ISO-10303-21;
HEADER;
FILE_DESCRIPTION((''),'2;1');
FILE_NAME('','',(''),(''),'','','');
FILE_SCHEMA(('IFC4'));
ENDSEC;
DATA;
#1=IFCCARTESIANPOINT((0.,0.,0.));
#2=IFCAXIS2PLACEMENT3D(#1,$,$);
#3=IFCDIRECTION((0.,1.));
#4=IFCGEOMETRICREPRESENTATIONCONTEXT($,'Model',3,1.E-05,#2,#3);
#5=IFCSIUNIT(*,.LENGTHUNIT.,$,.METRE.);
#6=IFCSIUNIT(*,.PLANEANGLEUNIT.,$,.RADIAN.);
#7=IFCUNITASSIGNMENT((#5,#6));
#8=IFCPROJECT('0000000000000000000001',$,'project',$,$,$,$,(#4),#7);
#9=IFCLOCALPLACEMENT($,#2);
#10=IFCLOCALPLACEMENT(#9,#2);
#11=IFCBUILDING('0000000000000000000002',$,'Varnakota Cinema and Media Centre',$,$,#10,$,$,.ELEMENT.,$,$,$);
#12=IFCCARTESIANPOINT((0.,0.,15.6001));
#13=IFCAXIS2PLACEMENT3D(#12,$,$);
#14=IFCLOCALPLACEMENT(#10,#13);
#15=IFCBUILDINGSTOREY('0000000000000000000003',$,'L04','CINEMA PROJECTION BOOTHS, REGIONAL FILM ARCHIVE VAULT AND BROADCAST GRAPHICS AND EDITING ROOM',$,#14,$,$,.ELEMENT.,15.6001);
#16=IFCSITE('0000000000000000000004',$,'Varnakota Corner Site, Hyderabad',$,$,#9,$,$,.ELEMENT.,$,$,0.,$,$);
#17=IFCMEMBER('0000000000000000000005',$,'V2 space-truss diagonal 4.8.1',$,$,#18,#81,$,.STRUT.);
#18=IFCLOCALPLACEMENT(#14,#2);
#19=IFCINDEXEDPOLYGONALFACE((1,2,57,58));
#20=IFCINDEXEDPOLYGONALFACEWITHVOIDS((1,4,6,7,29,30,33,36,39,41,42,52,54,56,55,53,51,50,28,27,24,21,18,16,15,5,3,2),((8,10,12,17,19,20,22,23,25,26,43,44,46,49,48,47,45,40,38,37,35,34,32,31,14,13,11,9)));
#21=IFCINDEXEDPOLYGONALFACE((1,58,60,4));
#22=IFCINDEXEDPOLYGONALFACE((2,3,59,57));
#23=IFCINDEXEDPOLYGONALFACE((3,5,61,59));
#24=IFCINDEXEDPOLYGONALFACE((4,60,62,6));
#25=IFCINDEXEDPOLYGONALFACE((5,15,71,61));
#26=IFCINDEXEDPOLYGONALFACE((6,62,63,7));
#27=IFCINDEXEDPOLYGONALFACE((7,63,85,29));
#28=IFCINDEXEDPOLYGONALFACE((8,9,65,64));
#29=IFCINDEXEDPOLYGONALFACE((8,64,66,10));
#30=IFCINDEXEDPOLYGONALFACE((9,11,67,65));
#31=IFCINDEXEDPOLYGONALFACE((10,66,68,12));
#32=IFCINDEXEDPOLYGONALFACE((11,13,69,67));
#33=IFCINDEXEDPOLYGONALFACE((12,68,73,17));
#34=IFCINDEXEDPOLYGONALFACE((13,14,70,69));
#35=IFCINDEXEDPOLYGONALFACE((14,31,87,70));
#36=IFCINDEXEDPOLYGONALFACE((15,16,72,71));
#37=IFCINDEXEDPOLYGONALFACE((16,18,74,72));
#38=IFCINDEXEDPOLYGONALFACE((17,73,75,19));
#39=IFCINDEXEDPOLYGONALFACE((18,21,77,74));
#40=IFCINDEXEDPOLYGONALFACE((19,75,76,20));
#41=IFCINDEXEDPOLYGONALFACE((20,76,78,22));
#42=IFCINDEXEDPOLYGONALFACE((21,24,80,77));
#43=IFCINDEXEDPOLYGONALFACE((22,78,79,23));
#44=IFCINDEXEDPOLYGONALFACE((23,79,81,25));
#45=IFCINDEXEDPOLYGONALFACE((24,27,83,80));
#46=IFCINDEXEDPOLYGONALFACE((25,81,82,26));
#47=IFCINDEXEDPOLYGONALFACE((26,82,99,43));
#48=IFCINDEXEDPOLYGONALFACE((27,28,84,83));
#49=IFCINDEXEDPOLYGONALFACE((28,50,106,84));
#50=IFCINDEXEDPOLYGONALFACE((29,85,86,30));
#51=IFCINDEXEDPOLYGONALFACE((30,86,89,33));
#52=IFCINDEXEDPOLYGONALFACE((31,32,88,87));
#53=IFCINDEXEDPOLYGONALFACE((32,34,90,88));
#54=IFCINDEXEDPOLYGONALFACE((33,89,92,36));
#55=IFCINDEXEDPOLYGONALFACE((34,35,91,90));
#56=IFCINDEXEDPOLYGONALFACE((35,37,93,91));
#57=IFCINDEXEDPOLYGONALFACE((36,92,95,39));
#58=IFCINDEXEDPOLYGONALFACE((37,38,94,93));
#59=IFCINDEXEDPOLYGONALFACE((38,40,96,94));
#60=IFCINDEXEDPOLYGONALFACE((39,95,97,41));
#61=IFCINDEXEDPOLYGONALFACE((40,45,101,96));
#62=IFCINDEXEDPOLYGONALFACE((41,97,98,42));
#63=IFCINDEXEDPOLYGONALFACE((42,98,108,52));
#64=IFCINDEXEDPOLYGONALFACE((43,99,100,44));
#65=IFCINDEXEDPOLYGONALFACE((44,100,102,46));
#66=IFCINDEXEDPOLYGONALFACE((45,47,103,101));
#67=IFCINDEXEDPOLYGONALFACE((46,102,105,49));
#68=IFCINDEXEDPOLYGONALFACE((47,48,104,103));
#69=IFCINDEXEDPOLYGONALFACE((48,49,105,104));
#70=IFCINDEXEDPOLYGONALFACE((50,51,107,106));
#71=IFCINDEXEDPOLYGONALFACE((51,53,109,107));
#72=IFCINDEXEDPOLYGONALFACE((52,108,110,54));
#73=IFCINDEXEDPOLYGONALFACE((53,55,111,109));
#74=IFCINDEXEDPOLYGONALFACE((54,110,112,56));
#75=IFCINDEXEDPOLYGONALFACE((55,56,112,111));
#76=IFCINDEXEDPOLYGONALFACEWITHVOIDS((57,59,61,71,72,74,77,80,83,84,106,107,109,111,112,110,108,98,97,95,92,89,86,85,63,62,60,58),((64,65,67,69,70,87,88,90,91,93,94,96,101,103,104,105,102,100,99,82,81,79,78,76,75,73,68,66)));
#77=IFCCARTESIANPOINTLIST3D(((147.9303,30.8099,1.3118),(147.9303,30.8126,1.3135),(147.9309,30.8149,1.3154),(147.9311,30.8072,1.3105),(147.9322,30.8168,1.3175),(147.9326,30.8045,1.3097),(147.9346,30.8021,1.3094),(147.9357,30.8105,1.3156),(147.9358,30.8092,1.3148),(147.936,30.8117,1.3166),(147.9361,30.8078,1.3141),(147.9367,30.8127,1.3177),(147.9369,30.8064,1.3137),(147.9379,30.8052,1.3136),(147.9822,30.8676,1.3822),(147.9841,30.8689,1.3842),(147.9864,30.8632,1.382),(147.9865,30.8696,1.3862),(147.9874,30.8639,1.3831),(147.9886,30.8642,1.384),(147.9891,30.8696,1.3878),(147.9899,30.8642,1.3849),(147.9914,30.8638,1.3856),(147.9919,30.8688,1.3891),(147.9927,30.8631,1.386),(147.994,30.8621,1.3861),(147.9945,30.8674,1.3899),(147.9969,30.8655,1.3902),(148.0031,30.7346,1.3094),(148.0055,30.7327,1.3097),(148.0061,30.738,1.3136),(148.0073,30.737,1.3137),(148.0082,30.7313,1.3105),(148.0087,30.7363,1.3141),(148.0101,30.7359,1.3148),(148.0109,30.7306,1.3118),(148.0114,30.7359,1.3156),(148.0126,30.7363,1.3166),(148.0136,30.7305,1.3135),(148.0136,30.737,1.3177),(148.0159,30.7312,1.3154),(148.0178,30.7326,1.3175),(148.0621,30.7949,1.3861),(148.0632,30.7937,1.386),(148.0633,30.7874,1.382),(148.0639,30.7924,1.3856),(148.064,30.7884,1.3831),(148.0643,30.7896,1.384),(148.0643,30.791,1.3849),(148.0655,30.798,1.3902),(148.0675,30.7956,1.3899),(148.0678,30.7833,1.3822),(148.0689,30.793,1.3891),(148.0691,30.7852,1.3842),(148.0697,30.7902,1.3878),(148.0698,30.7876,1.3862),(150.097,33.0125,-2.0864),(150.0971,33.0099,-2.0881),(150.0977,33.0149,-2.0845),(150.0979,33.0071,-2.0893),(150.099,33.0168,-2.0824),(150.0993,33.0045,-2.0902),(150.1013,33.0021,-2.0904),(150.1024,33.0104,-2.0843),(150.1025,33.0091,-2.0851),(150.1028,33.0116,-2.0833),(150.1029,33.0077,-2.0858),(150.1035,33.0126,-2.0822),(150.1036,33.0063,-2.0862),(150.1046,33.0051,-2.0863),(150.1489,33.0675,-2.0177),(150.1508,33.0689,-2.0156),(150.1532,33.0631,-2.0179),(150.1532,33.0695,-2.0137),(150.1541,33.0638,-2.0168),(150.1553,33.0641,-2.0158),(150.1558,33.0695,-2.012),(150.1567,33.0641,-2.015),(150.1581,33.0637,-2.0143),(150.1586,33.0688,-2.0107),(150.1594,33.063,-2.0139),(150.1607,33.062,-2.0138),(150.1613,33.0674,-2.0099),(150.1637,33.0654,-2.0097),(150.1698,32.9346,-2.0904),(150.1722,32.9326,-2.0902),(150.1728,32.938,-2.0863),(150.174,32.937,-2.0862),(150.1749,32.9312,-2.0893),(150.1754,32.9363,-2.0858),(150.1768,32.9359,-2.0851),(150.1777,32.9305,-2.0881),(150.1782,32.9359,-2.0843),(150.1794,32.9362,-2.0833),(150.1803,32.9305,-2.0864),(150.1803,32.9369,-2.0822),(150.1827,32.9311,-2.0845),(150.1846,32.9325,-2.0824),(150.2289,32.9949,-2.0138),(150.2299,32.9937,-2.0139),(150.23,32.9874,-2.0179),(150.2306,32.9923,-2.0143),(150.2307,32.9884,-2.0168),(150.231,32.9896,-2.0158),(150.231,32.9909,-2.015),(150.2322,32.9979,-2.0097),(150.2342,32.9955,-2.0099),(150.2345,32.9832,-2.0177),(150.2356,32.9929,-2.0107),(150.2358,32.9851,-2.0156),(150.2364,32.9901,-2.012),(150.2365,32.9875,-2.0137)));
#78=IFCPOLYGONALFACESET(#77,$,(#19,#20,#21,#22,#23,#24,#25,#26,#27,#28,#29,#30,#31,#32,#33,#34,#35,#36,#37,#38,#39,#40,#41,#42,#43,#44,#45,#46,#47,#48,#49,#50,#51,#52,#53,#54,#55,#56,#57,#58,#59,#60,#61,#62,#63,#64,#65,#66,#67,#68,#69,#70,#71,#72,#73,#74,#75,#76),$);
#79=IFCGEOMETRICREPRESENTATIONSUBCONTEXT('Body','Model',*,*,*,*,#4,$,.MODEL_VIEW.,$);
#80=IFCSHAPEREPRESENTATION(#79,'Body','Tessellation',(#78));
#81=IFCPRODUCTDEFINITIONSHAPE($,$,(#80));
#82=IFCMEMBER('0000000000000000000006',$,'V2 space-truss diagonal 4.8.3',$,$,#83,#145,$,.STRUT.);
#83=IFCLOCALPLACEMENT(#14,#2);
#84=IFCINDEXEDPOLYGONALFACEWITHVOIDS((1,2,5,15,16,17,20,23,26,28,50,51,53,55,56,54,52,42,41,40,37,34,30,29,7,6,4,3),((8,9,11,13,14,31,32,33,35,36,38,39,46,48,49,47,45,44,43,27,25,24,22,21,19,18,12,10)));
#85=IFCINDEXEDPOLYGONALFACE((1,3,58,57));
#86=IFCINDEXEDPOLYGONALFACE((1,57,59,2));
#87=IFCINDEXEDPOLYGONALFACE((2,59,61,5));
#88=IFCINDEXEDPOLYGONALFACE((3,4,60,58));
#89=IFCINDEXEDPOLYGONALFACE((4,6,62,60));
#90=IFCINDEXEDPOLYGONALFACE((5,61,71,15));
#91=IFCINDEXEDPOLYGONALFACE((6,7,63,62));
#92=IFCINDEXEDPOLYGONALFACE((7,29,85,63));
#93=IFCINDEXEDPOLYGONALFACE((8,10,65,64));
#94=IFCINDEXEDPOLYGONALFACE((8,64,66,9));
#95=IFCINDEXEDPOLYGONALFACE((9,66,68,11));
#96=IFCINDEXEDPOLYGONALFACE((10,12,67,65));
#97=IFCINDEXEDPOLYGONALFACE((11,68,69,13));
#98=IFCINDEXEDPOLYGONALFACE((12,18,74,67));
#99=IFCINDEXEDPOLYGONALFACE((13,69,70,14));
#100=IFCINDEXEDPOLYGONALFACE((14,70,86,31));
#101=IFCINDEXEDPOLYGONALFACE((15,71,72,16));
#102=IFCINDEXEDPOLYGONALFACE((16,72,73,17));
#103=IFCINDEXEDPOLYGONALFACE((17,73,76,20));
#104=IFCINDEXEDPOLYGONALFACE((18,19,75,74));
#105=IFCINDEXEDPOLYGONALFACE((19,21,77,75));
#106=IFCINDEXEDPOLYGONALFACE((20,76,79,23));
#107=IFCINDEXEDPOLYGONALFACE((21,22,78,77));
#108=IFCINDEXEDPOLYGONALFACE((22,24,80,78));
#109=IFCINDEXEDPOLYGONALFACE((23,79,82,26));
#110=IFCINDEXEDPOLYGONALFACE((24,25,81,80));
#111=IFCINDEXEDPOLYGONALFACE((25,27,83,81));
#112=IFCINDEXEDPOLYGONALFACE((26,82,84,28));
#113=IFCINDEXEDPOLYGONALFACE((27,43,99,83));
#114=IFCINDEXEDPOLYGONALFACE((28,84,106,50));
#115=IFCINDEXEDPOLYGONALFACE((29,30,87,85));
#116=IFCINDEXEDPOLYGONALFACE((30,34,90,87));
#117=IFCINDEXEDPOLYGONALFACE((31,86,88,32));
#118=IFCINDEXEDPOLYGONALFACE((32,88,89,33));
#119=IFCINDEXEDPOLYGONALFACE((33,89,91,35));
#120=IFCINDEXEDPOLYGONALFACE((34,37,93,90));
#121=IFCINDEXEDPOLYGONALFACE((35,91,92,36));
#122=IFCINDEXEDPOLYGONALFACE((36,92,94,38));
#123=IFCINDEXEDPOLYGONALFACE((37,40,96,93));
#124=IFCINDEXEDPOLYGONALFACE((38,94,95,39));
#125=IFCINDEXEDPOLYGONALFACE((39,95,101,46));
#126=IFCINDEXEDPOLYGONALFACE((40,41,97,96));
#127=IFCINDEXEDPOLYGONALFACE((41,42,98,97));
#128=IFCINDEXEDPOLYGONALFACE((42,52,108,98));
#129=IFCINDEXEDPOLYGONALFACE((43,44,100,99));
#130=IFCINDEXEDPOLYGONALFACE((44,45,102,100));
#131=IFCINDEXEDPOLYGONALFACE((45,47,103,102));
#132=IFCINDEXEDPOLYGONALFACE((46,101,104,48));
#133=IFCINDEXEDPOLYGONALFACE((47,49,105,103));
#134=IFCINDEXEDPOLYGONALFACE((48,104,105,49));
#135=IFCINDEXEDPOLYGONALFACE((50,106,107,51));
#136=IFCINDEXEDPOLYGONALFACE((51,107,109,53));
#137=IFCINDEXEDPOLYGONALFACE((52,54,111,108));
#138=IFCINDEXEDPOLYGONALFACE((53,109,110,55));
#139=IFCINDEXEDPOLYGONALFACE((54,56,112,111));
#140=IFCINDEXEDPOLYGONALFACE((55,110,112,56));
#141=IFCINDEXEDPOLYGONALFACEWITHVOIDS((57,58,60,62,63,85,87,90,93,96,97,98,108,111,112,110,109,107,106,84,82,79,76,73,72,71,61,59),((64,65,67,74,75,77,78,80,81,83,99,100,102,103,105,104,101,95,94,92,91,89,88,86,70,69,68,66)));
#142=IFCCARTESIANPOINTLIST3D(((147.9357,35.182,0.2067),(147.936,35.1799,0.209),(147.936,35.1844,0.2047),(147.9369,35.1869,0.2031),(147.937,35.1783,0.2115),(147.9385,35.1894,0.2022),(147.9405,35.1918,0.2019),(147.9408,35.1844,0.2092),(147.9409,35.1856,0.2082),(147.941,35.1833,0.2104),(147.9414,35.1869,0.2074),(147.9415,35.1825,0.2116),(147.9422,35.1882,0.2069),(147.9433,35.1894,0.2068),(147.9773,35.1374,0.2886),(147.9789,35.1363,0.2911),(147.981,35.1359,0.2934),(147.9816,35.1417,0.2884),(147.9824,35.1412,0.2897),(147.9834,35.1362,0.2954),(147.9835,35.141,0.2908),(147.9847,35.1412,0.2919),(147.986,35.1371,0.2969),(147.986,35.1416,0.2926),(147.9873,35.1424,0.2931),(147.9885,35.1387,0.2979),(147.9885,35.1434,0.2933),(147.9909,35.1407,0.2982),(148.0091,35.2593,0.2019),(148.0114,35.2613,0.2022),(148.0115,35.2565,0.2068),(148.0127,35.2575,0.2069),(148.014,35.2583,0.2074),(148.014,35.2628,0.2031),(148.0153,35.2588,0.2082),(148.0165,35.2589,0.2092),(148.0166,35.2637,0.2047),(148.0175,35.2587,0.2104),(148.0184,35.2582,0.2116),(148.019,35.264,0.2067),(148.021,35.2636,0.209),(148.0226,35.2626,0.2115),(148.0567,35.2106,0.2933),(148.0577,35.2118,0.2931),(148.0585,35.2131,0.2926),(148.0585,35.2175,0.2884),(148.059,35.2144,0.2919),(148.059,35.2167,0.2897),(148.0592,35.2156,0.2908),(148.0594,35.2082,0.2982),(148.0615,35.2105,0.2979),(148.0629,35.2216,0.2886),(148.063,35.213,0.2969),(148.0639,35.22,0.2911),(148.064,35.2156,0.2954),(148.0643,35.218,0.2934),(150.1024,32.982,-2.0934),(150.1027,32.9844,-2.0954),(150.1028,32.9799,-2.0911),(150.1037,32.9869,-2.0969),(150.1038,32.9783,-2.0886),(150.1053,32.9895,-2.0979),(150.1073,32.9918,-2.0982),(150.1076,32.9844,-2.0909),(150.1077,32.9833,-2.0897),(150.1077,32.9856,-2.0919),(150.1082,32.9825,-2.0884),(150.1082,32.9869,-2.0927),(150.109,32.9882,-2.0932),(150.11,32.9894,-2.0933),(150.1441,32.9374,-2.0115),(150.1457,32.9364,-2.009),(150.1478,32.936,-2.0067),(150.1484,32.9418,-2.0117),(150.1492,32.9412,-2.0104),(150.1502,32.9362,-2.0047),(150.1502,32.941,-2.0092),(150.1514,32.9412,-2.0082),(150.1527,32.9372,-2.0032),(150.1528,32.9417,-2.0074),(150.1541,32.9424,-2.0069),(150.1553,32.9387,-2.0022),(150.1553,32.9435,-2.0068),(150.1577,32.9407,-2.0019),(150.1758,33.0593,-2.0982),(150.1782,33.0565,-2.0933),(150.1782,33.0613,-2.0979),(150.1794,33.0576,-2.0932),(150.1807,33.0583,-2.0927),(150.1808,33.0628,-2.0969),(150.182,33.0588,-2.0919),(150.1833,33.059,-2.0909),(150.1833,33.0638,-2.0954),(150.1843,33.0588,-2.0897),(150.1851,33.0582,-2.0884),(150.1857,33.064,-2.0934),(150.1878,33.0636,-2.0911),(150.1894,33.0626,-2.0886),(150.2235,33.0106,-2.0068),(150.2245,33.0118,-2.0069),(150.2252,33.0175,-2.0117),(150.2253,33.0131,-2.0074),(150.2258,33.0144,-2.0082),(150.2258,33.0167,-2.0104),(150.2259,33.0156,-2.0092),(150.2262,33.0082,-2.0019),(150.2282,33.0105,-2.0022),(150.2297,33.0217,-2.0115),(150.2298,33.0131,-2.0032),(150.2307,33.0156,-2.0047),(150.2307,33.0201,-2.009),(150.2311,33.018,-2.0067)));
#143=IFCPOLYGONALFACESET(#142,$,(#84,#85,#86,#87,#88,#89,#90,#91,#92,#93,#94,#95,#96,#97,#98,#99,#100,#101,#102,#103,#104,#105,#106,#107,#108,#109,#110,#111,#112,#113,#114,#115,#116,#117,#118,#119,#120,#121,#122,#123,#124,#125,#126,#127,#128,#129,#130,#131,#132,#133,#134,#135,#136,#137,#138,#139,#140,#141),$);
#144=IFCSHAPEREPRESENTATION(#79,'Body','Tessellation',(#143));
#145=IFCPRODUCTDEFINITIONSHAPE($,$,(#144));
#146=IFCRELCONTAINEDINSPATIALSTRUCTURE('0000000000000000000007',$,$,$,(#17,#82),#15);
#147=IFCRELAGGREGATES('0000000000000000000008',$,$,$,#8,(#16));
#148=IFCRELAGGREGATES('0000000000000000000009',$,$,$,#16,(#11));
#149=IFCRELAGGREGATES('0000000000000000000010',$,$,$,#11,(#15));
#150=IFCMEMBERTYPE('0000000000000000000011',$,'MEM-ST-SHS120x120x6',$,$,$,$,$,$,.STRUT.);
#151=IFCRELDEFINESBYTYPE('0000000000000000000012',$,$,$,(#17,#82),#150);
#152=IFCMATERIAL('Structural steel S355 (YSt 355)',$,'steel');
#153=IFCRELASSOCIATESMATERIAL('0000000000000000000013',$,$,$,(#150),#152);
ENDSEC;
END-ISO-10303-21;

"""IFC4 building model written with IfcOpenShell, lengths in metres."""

from ifc_helpers import new_model, si_unit, direction, frame, origin, origin_2d, place, context, subcontext, project, spatial, hollow_rectangle, extrude, material, material_profile, profile_set, type_object, element, save


model = new_model("IFC4")

# Units and contexts
model_context = context("Model", 3, precision=1e-05, world=origin(), true_north=direction((0.0, 1.0)))
body_context = subcontext(model_context, "Body", "Model", "MODEL_VIEW")
ifc_project = project(units=[si_unit("LENGTHUNIT", "METRE"), si_unit("PLANEANGLEUNIT", "RADIAN")], contexts=[model_context])

# Site, building, storey
site_placement = place(None, origin())
site = spatial("IfcSite", under=ifc_project, at=site_placement, Name="Varnakota Corner Site, Hyderabad", CompositionType="ELEMENT", RefElevation=0.0)
building_placement = place(site_placement, origin())
building = spatial("IfcBuilding", under=site, at=building_placement, Name="Varnakota Cinema and Media Centre", CompositionType="ELEMENT")
storey_placement = place(building_placement, frame((0.0, 0.0, 15.6001)))
storey = spatial("IfcBuildingStorey", under=building, at=storey_placement, Name="L04", Description="CINEMA PROJECTION BOOTHS, REGIONAL FILM ARCHIVE VAULT AND BROADCAST GRAPHICS AND EDITING ROOM", CompositionType="ELEMENT", Elevation=15.6001)

# Members
ifc_material_1 = material(Name="Structural steel S355 (YSt 355)", Category="steel")
ifc_material_profile_1 = material_profile(ifc_material_1, hollow_rectangle(XDim=0.1201, YDim=0.1201, WallThickness=0.0061, InnerFilletRadius=0.0061, OuterFilletRadius=0.012, at=origin_2d()), Name="SHS 120x120x6")
ifc_profile_set_1 = profile_set([ifc_material_profile_1], Name="Structural steel S355 (YSt 355)")
member_type_1 = type_object("IfcMemberType", Name="MEM-ST-SHS120x120x6", PredefinedType="STRUT", material=ifc_profile_set_1)
member_1_placement = place(storey_placement, frame((150.1667, 33.0, -2.05), z_axis=(-0.471769, -0.478999, 0.740266), x_axis=(0.712463, -0.70171, 0.0)))
element("IfcMember", 1, at=member_1_placement, inside=storey, type_object=member_type_1, Name="V2 space-truss diagonal 4.8.1", PredefinedType="STRUT", context=body_context, shape_type="SweptSolid", body=[
    extrude(hollow_rectangle(XDim=0.1201, YDim=0.1201, WallThickness=0.0061, InnerFilletRadius=0.0061, OuterFilletRadius=0.012, at=origin_2d()), origin(), (0.0, 0.0, 1.0), 4.5928),
])
member_2_placement = place(storey_placement, frame((150.1667, 33.0, -2.05), z_axis=(-0.562748, 0.571371, 0.597369), x_axis=(-0.712463, -0.70171, 0.0)))
element("IfcMember", 2, at=member_2_placement, inside=storey, type_object=member_type_1, Name="V2 space-truss diagonal 4.8.3", PredefinedType="STRUT", context=body_context, shape_type="SweptSolid", body=[
    extrude(hollow_rectangle(XDim=0.1201, YDim=0.1201, WallThickness=0.0061, InnerFilletRadius=0.0061, OuterFilletRadius=0.012, at=origin_2d()), origin(), (0.0, 0.0, 1.0), 3.8503),
])

save(model, "model.ifc")
